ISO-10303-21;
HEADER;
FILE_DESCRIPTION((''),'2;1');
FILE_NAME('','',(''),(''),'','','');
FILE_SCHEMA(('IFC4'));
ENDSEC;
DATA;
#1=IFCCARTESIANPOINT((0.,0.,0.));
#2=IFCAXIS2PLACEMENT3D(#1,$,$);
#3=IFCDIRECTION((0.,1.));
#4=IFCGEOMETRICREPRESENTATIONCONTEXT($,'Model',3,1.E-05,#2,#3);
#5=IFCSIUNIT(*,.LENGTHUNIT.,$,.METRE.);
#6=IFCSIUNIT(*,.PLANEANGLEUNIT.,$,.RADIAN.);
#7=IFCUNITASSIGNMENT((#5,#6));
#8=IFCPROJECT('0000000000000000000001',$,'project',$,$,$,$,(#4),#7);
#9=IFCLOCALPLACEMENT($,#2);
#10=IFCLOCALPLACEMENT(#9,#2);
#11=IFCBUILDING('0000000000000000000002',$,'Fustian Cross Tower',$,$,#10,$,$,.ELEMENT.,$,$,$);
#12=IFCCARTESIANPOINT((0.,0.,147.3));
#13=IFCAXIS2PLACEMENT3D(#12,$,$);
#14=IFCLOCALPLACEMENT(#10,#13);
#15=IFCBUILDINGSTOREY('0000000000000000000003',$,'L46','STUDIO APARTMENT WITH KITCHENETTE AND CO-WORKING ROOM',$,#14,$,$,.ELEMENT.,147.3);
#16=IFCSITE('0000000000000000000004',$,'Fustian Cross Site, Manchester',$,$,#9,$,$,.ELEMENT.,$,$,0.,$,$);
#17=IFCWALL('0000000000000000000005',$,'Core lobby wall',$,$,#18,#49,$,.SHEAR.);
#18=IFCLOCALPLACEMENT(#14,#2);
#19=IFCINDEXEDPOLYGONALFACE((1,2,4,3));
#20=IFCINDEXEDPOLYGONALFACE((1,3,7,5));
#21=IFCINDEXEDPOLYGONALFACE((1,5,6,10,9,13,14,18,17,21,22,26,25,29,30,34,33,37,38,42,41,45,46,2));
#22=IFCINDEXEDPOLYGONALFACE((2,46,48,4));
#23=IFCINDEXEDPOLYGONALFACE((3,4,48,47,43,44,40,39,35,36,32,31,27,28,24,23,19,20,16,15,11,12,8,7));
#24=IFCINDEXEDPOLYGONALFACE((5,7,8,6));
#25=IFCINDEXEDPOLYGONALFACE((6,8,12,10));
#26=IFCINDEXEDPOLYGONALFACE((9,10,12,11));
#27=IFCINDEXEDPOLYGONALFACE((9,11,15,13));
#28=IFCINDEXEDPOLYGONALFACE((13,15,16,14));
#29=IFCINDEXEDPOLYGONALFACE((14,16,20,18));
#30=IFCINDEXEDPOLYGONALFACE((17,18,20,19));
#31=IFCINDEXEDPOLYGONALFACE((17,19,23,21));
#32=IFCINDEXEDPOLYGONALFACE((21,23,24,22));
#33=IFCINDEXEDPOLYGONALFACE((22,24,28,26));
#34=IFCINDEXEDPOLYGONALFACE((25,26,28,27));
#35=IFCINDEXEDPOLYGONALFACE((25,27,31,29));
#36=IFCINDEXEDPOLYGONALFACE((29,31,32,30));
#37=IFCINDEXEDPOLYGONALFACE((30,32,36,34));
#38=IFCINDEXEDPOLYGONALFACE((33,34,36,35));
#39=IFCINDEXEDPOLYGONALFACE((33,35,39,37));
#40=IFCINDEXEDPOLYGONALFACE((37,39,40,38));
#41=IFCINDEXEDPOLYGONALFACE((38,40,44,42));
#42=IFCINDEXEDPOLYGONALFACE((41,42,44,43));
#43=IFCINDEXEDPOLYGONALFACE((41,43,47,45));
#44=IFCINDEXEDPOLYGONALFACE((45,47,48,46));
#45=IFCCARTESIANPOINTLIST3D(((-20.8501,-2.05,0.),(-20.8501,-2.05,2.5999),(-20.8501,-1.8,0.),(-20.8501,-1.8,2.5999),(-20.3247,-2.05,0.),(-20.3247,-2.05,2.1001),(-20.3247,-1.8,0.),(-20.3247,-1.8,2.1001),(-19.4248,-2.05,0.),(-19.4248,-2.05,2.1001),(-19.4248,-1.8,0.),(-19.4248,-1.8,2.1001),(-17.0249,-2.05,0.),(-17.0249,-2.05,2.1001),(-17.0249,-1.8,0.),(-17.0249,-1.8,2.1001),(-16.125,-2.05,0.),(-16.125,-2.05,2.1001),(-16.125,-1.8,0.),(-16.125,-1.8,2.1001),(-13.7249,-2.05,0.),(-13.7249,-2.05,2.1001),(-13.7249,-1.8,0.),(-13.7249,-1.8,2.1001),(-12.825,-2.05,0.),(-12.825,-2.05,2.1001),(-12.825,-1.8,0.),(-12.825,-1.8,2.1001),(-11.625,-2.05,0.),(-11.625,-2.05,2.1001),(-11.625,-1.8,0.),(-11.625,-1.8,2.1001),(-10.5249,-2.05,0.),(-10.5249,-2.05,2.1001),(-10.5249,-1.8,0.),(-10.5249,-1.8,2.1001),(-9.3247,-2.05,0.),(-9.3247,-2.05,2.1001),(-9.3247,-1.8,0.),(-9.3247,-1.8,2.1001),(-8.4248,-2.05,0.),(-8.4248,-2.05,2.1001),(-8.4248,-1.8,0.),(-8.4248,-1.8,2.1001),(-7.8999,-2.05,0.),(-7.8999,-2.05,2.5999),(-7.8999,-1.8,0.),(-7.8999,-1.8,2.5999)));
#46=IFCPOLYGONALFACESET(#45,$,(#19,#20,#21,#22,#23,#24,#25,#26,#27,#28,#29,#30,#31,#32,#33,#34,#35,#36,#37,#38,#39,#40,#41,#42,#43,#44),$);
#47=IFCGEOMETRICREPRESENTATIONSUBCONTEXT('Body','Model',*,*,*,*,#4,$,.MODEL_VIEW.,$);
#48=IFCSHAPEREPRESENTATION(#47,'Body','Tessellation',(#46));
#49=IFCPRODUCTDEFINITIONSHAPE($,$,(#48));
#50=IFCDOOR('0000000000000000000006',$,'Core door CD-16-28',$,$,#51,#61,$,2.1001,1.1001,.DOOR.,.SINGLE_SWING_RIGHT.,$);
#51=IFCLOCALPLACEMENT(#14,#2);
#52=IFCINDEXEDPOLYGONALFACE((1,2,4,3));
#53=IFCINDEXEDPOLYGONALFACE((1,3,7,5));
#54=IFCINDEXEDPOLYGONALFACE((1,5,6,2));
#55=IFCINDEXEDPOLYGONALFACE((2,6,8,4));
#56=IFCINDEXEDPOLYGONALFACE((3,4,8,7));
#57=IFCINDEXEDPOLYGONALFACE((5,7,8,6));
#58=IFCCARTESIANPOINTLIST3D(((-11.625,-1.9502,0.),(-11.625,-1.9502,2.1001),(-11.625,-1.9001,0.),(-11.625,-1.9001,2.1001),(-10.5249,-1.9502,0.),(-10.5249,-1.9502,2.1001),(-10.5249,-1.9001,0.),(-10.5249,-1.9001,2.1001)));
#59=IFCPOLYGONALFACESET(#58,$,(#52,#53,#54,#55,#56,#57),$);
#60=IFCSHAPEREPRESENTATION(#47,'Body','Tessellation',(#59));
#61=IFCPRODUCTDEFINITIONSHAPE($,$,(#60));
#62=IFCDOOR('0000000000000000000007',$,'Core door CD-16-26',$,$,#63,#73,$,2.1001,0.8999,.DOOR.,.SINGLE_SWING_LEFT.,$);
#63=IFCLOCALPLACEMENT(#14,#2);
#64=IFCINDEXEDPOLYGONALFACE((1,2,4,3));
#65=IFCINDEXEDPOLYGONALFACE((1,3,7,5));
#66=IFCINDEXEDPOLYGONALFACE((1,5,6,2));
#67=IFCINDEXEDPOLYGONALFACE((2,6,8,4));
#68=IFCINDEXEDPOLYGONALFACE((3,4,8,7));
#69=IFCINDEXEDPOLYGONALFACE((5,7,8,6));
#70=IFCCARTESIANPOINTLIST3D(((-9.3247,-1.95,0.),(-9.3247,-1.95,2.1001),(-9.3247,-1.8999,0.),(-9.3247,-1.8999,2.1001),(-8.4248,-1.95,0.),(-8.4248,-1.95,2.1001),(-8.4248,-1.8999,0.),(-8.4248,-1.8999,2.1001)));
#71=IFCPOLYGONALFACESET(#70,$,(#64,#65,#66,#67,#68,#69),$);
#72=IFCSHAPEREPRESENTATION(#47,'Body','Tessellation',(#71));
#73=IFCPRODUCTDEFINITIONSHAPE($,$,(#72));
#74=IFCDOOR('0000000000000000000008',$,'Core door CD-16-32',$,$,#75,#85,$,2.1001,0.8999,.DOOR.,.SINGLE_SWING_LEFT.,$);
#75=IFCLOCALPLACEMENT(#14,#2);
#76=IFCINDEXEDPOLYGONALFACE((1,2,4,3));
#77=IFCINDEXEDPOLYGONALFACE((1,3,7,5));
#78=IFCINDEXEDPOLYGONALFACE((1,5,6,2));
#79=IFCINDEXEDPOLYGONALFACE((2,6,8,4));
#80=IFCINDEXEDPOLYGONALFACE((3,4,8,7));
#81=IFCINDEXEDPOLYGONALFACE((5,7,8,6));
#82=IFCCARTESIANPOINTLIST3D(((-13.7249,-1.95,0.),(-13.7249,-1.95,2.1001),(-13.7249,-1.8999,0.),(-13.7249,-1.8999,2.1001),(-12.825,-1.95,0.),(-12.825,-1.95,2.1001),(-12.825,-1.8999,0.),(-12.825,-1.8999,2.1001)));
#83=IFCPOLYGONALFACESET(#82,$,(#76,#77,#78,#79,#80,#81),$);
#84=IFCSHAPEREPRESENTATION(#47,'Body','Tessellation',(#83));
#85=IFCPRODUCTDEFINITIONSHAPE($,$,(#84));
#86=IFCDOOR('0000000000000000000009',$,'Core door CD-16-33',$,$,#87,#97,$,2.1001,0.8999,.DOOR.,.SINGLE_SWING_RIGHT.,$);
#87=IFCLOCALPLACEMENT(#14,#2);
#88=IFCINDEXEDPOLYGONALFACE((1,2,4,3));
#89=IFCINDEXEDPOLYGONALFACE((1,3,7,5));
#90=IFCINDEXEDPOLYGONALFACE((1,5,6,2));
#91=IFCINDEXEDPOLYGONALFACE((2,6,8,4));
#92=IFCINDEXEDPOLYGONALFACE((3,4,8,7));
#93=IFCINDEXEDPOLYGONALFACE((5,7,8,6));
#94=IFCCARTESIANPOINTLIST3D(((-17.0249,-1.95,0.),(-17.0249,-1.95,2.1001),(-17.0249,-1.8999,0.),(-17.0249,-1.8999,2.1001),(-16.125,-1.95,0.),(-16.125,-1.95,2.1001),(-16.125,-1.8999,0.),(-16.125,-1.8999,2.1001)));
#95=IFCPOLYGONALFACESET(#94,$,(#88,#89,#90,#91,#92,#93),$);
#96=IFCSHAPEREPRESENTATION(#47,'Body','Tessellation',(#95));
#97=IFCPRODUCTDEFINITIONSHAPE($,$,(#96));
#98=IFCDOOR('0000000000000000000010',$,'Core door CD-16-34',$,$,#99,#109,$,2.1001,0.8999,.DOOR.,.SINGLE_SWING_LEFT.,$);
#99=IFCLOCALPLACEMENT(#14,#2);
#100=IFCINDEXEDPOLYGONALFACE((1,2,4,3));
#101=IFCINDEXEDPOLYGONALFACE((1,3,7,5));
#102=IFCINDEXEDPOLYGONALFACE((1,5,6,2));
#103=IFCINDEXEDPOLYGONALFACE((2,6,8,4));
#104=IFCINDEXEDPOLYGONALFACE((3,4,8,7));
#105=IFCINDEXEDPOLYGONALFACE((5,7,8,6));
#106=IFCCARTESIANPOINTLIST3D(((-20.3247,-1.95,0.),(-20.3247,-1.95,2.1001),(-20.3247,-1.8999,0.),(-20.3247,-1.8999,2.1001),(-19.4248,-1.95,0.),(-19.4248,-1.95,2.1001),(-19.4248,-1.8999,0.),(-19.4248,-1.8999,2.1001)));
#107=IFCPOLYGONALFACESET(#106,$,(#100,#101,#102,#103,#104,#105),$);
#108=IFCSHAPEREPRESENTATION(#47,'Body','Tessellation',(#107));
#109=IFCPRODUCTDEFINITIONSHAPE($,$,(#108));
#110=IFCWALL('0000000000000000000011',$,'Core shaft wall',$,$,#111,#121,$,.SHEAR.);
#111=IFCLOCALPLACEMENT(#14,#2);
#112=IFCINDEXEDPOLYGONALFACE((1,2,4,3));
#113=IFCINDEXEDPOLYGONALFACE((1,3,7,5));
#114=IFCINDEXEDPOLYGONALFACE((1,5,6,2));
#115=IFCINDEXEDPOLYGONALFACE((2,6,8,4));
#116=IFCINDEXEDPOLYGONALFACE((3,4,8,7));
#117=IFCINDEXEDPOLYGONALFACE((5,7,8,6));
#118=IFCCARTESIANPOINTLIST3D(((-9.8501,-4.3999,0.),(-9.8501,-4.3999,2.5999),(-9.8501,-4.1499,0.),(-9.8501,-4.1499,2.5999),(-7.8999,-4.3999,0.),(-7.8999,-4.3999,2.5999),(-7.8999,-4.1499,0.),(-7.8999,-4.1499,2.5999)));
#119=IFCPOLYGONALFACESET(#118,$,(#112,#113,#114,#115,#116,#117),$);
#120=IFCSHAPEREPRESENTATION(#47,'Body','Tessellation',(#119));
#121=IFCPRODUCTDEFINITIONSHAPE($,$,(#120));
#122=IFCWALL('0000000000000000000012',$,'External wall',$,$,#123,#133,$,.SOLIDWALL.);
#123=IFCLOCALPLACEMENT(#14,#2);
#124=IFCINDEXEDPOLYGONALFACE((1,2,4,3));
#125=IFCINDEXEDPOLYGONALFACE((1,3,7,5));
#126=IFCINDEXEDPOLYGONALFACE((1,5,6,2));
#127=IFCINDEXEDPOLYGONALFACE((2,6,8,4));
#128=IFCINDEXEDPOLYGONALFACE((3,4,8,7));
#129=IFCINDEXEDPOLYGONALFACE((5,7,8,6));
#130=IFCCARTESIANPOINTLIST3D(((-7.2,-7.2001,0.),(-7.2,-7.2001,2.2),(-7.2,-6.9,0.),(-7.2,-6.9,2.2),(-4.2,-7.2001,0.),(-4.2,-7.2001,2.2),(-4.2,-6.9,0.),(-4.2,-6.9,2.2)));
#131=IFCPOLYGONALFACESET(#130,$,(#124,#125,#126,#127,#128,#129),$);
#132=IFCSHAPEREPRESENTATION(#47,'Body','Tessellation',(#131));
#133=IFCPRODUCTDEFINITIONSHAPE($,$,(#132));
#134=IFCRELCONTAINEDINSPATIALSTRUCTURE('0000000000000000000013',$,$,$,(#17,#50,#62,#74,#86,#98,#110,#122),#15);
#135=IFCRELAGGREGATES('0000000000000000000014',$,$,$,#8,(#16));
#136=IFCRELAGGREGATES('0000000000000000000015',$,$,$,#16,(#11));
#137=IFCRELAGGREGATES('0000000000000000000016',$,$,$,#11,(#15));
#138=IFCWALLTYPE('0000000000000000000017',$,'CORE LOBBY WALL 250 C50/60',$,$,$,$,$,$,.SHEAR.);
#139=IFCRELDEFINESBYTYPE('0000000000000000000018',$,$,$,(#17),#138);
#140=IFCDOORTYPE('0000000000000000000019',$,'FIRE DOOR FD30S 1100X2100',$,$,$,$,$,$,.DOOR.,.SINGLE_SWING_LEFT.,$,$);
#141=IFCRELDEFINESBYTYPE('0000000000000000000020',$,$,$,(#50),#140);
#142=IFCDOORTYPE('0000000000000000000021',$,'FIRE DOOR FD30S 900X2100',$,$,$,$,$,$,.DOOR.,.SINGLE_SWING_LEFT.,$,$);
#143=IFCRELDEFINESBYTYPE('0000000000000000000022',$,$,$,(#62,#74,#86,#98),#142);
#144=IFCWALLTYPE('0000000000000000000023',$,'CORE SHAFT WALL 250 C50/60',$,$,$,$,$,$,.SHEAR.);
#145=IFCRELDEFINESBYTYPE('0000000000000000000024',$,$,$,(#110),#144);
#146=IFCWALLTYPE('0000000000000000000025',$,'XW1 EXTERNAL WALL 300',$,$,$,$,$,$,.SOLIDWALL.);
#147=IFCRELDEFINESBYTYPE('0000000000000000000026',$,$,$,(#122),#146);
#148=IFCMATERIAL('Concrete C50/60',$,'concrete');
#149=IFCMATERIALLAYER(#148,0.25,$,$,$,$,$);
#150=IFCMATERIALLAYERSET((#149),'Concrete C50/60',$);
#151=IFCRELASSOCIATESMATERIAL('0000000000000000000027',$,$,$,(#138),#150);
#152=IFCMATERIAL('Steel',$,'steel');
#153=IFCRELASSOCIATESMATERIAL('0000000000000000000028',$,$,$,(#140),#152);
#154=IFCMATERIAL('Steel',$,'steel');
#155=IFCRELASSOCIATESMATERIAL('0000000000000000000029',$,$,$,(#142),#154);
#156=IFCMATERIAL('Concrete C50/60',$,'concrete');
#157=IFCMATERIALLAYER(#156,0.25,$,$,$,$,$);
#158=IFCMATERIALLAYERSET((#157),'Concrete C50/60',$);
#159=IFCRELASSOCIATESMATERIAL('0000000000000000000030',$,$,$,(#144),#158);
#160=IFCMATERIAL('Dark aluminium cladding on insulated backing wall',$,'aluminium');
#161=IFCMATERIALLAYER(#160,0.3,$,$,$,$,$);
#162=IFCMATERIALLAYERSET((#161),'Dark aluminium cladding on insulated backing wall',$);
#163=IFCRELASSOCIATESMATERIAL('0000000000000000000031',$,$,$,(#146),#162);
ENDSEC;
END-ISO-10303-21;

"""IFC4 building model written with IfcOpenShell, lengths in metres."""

from ifc_helpers import new_model, si_unit, direction, frame, frame_2d, origin, place, context, subcontext, project, spatial, rectangle, extrude, material, layer, layer_set, type_object, element, fill, save


model = new_model("IFC4")

# Units and contexts
model_context = context("Model", 3, precision=1e-05, world=origin(), true_north=direction((0.0, 1.0)))
body_context = subcontext(model_context, "Body", "Model", "MODEL_VIEW")
ifc_project = project(units=[si_unit("LENGTHUNIT", "METRE"), si_unit("PLANEANGLEUNIT", "RADIAN")], contexts=[model_context])

# Site, building, storey
site_placement = place(None, origin())
site = spatial("IfcSite", under=ifc_project, at=site_placement, Name="Fustian Cross Site, Manchester", CompositionType="ELEMENT", RefElevation=0.0)
building_placement = place(site_placement, origin())
building = spatial("IfcBuilding", under=site, at=building_placement, Name="Fustian Cross Tower", CompositionType="ELEMENT")
storey_placement = place(building_placement, frame((0.0, 0.0, 147.3)))
storey = spatial("IfcBuildingStorey", under=building, at=storey_placement, Name="L46", Description="STUDIO APARTMENT WITH KITCHENETTE AND CO-WORKING ROOM", CompositionType="ELEMENT", Elevation=147.3)

# Wall, openings, doors
ifc_material_1 = material(Name="Concrete C50/60", Category="concrete")
ifc_layer_1 = layer(ifc_material_1, 0.25)
ifc_layer_set_1 = layer_set([ifc_layer_1], Name="Concrete C50/60")
wall_type_1 = type_object("IfcWallType", Name="CORE LOBBY WALL 250 C50/60", PredefinedType="SHEAR", material=ifc_layer_set_1)
wall_1_placement = place(storey_placement, frame((-7.8999, -1.925, 0.0), z_axis=(0.0, 0.0, 1.0), x_axis=(-1.0, 0.0, 0.0)))
wall_1 = element("IfcWall", 1, at=wall_1_placement, inside=storey, type_object=wall_type_1, Name="Core lobby wall", PredefinedType="SHEAR", context=body_context, shape_type="SweptSolid", body=[
    extrude(rectangle(XDim=12.9502, YDim=0.25, at=frame_2d((6.4751, 0.0))), origin(), (0.0, 0.0, 1.0), 2.5999),
])
opening_1_placement = place(wall_1_placement, frame((0.5249, 0.0, 0.0)))
opening_1 = element("IfcOpeningElement", 2, at=opening_1_placement, cuts=wall_1, PredefinedType="OPENING", context=body_context, shape_type="SweptSolid", body=[
    extrude(rectangle(XDim=0.8999, YDim=2.1001, at=frame_2d((0.45, 1.05))), frame((0.0, 0.135, 0.0), z_axis=(0.0, -1.0, 0.0), x_axis=(1.0, 0.0, 0.0)), (0.0, 0.0, 1.0), 0.27),
])
opening_2_placement = place(wall_1_placement, frame((2.625, 0.0, 0.0)))
opening_2 = element("IfcOpeningElement", 3, at=opening_2_placement, cuts=wall_1, PredefinedType="OPENING", context=body_context, shape_type="SweptSolid", body=[
    extrude(rectangle(XDim=1.1001, YDim=2.1001, at=frame_2d((0.55, 1.05))), frame((0.0, 0.135, 0.0), z_axis=(0.0, -1.0, 0.0), x_axis=(1.0, 0.0, 0.0)), (0.0, 0.0, 1.0), 0.27),
])
opening_3_placement = place(wall_1_placement, frame((4.925, 0.0, 0.0)))
opening_3 = element("IfcOpeningElement", 4, at=opening_3_placement, cuts=wall_1, PredefinedType="OPENING", context=body_context, shape_type="SweptSolid", body=[
    extrude(rectangle(XDim=0.8999, YDim=2.1001, at=frame_2d((0.45, 1.05))), frame((0.0, 0.135, 0.0), z_axis=(0.0, -1.0, 0.0), x_axis=(1.0, 0.0, 0.0)), (0.0, 0.0, 1.0), 0.27),
])
opening_4_placement = place(wall_1_placement, frame((8.2251, 0.0, 0.0)))
opening_4 = element("IfcOpeningElement", 5, at=opening_4_placement, cuts=wall_1, PredefinedType="OPENING", context=body_context, shape_type="SweptSolid", body=[
    extrude(rectangle(XDim=0.8999, YDim=2.1001, at=frame_2d((0.45, 1.05))), frame((0.0, 0.135, 0.0), z_axis=(0.0, -1.0, 0.0), x_axis=(1.0, 0.0, 0.0)), (0.0, 0.0, 1.0), 0.27),
])
opening_5_placement = place(wall_1_placement, frame((11.5249, 0.0, 0.0)))
opening_5 = element("IfcOpeningElement", 6, at=opening_5_placement, cuts=wall_1, PredefinedType="OPENING", context=body_context, shape_type="SweptSolid", body=[
    extrude(rectangle(XDim=0.8999, YDim=2.1001, at=frame_2d((0.45, 1.05))), frame((0.0, 0.135, 0.0), z_axis=(0.0, -1.0, 0.0), x_axis=(1.0, 0.0, 0.0)), (0.0, 0.0, 1.0), 0.27),
])
ifc_material_2 = material(Name="Steel", Category="steel")
door_type_1 = type_object("IfcDoorType", Name="FIRE DOOR FD30S 1100X2100", OperationType="SINGLE_SWING_LEFT", PredefinedType="DOOR", material=ifc_material_2)
door_1_placement = place(opening_2_placement, frame((1.1001, 0.0, 0.0), z_axis=(0.0, 0.0, 1.0), x_axis=(-1.0, 0.0, 0.0)))
door_1 = element("IfcDoor", 7, at=door_1_placement, inside=storey, type_object=door_type_1, Name="Core door CD-16-28", OperationType="SINGLE_SWING_RIGHT", OverallHeight=2.1001, OverallWidth=1.1001, PredefinedType="DOOR", context=body_context, shape_type="SweptSolid", body=[
    extrude(rectangle(XDim=1.1001, YDim=2.1001, at=frame_2d((0.55, 1.05))), frame((0.0, 0.0249, 0.0), z_axis=(0.0, -1.0, 0.0), x_axis=(1.0, 0.0, 0.0)), (0.0, 0.0, 1.0), 0.05),
])
fill(opening_2, door_1)
ifc_material_3 = material(Name="Steel", Category="steel")
door_type_2 = type_object("IfcDoorType", Name="FIRE DOOR FD30S 900X2100", OperationType="SINGLE_SWING_LEFT", PredefinedType="DOOR", material=ifc_material_3)
door_2_placement = place(opening_1_placement, origin())
door_2 = element("IfcDoor", 8, at=door_2_placement, inside=storey, type_object=door_type_2, Name="Core door CD-16-26", OperationType="SINGLE_SWING_LEFT", OverallHeight=2.1001, OverallWidth=0.8999, PredefinedType="DOOR", context=body_context, shape_type="SweptSolid", body=[
    extrude(rectangle(XDim=0.8999, YDim=2.1001, at=frame_2d((0.45, 1.05))), frame((0.0, 0.0249, 0.0), z_axis=(0.0, -1.0, 0.0), x_axis=(1.0, 0.0, 0.0)), (0.0, 0.0, 1.0), 0.05),
])
fill(opening_1, door_2)
door_3_placement = place(opening_3_placement, origin())
door_3 = element("IfcDoor", 9, at=door_3_placement, inside=storey, type_object=door_type_2, Name="Core door CD-16-32", OperationType="SINGLE_SWING_LEFT", OverallHeight=2.1001, OverallWidth=0.8999, PredefinedType="DOOR", context=body_context, shape_type="SweptSolid", body=[
    extrude(rectangle(XDim=0.8999, YDim=2.1001, at=frame_2d((0.45, 1.05))), frame((0.0, 0.0249, 0.0), z_axis=(0.0, -1.0, 0.0), x_axis=(1.0, 0.0, 0.0)), (0.0, 0.0, 1.0), 0.05),
])
fill(opening_3, door_3)
door_4_placement = place(opening_4_placement, origin())
door_4 = element("IfcDoor", 10, at=door_4_placement, inside=storey, type_object=door_type_2, Name="Core door CD-16-33", OperationType="SINGLE_SWING_RIGHT", OverallHeight=2.1001, OverallWidth=0.8999, PredefinedType="DOOR", context=body_context, shape_type="SweptSolid", body=[
    extrude(rectangle(XDim=0.8999, YDim=2.1001, at=frame_2d((0.45, 1.05))), frame((0.0, 0.0249, 0.0), z_axis=(0.0, -1.0, 0.0), x_axis=(1.0, 0.0, 0.0)), (0.0, 0.0, 1.0), 0.05),
])
fill(opening_4, door_4)
door_5_placement = place(opening_5_placement, origin())
door_5 = element("IfcDoor", 11, at=door_5_placement, inside=storey, type_object=door_type_2, Name="Core door CD-16-34", OperationType="SINGLE_SWING_LEFT", OverallHeight=2.1001, OverallWidth=0.8999, PredefinedType="DOOR", context=body_context, shape_type="SweptSolid", body=[
    extrude(rectangle(XDim=0.8999, YDim=2.1001, at=frame_2d((0.45, 1.05))), frame((0.0, 0.0249, 0.0), z_axis=(0.0, -1.0, 0.0), x_axis=(1.0, 0.0, 0.0)), (0.0, 0.0, 1.0), 0.05),
])
fill(opening_5, door_5)

# Walls
ifc_material_4 = material(Name="Concrete C50/60", Category="concrete")
ifc_layer_2 = layer(ifc_material_4, 0.25)
ifc_layer_set_2 = layer_set([ifc_layer_2], Name="Concrete C50/60")
wall_type_2 = type_object("IfcWallType", Name="CORE SHAFT WALL 250 C50/60", PredefinedType="SHEAR", material=ifc_layer_set_2)
wall_2_placement = place(storey_placement, frame((-7.8999, -4.2749, 0.0), z_axis=(0.0, 0.0, 1.0), x_axis=(-1.0, 0.0, 0.0)))
element("IfcWall", 12, at=wall_2_placement, inside=storey, type_object=wall_type_2, Name="Core shaft wall", PredefinedType="SHEAR", context=body_context, shape_type="SweptSolid", body=[
    extrude(rectangle(XDim=1.9502, YDim=0.25, at=frame_2d((0.9751, 0.0))), origin(), (0.0, 0.0, 1.0), 2.5999),
])
ifc_material_5 = material(Name="Dark aluminium cladding on insulated backing wall", Category="aluminium")
ifc_layer_3 = layer(ifc_material_5, 0.3)
ifc_layer_set_3 = layer_set([ifc_layer_3], Name="Dark aluminium cladding on insulated backing wall")
wall_type_3 = type_object("IfcWallType", Name="XW1 EXTERNAL WALL 300", PredefinedType="SOLIDWALL", material=ifc_layer_set_3)
wall_3_placement = place(storey_placement, frame((-7.2, -7.05, 0.0), z_axis=(0.0, 0.0, 1.0), x_axis=(1.0, 0.0, 0.0)))
element("IfcWall", 13, at=wall_3_placement, inside=storey, type_object=wall_type_3, Name="External wall", PredefinedType="SOLIDWALL", context=body_context, shape_type="SweptSolid", body=[
    extrude(rectangle(XDim=3.0, YDim=0.3, at=frame_2d((1.5, 0.0))), origin(), (0.0, 0.0, 1.0), 2.2),
])

save(model, "model.ifc")
